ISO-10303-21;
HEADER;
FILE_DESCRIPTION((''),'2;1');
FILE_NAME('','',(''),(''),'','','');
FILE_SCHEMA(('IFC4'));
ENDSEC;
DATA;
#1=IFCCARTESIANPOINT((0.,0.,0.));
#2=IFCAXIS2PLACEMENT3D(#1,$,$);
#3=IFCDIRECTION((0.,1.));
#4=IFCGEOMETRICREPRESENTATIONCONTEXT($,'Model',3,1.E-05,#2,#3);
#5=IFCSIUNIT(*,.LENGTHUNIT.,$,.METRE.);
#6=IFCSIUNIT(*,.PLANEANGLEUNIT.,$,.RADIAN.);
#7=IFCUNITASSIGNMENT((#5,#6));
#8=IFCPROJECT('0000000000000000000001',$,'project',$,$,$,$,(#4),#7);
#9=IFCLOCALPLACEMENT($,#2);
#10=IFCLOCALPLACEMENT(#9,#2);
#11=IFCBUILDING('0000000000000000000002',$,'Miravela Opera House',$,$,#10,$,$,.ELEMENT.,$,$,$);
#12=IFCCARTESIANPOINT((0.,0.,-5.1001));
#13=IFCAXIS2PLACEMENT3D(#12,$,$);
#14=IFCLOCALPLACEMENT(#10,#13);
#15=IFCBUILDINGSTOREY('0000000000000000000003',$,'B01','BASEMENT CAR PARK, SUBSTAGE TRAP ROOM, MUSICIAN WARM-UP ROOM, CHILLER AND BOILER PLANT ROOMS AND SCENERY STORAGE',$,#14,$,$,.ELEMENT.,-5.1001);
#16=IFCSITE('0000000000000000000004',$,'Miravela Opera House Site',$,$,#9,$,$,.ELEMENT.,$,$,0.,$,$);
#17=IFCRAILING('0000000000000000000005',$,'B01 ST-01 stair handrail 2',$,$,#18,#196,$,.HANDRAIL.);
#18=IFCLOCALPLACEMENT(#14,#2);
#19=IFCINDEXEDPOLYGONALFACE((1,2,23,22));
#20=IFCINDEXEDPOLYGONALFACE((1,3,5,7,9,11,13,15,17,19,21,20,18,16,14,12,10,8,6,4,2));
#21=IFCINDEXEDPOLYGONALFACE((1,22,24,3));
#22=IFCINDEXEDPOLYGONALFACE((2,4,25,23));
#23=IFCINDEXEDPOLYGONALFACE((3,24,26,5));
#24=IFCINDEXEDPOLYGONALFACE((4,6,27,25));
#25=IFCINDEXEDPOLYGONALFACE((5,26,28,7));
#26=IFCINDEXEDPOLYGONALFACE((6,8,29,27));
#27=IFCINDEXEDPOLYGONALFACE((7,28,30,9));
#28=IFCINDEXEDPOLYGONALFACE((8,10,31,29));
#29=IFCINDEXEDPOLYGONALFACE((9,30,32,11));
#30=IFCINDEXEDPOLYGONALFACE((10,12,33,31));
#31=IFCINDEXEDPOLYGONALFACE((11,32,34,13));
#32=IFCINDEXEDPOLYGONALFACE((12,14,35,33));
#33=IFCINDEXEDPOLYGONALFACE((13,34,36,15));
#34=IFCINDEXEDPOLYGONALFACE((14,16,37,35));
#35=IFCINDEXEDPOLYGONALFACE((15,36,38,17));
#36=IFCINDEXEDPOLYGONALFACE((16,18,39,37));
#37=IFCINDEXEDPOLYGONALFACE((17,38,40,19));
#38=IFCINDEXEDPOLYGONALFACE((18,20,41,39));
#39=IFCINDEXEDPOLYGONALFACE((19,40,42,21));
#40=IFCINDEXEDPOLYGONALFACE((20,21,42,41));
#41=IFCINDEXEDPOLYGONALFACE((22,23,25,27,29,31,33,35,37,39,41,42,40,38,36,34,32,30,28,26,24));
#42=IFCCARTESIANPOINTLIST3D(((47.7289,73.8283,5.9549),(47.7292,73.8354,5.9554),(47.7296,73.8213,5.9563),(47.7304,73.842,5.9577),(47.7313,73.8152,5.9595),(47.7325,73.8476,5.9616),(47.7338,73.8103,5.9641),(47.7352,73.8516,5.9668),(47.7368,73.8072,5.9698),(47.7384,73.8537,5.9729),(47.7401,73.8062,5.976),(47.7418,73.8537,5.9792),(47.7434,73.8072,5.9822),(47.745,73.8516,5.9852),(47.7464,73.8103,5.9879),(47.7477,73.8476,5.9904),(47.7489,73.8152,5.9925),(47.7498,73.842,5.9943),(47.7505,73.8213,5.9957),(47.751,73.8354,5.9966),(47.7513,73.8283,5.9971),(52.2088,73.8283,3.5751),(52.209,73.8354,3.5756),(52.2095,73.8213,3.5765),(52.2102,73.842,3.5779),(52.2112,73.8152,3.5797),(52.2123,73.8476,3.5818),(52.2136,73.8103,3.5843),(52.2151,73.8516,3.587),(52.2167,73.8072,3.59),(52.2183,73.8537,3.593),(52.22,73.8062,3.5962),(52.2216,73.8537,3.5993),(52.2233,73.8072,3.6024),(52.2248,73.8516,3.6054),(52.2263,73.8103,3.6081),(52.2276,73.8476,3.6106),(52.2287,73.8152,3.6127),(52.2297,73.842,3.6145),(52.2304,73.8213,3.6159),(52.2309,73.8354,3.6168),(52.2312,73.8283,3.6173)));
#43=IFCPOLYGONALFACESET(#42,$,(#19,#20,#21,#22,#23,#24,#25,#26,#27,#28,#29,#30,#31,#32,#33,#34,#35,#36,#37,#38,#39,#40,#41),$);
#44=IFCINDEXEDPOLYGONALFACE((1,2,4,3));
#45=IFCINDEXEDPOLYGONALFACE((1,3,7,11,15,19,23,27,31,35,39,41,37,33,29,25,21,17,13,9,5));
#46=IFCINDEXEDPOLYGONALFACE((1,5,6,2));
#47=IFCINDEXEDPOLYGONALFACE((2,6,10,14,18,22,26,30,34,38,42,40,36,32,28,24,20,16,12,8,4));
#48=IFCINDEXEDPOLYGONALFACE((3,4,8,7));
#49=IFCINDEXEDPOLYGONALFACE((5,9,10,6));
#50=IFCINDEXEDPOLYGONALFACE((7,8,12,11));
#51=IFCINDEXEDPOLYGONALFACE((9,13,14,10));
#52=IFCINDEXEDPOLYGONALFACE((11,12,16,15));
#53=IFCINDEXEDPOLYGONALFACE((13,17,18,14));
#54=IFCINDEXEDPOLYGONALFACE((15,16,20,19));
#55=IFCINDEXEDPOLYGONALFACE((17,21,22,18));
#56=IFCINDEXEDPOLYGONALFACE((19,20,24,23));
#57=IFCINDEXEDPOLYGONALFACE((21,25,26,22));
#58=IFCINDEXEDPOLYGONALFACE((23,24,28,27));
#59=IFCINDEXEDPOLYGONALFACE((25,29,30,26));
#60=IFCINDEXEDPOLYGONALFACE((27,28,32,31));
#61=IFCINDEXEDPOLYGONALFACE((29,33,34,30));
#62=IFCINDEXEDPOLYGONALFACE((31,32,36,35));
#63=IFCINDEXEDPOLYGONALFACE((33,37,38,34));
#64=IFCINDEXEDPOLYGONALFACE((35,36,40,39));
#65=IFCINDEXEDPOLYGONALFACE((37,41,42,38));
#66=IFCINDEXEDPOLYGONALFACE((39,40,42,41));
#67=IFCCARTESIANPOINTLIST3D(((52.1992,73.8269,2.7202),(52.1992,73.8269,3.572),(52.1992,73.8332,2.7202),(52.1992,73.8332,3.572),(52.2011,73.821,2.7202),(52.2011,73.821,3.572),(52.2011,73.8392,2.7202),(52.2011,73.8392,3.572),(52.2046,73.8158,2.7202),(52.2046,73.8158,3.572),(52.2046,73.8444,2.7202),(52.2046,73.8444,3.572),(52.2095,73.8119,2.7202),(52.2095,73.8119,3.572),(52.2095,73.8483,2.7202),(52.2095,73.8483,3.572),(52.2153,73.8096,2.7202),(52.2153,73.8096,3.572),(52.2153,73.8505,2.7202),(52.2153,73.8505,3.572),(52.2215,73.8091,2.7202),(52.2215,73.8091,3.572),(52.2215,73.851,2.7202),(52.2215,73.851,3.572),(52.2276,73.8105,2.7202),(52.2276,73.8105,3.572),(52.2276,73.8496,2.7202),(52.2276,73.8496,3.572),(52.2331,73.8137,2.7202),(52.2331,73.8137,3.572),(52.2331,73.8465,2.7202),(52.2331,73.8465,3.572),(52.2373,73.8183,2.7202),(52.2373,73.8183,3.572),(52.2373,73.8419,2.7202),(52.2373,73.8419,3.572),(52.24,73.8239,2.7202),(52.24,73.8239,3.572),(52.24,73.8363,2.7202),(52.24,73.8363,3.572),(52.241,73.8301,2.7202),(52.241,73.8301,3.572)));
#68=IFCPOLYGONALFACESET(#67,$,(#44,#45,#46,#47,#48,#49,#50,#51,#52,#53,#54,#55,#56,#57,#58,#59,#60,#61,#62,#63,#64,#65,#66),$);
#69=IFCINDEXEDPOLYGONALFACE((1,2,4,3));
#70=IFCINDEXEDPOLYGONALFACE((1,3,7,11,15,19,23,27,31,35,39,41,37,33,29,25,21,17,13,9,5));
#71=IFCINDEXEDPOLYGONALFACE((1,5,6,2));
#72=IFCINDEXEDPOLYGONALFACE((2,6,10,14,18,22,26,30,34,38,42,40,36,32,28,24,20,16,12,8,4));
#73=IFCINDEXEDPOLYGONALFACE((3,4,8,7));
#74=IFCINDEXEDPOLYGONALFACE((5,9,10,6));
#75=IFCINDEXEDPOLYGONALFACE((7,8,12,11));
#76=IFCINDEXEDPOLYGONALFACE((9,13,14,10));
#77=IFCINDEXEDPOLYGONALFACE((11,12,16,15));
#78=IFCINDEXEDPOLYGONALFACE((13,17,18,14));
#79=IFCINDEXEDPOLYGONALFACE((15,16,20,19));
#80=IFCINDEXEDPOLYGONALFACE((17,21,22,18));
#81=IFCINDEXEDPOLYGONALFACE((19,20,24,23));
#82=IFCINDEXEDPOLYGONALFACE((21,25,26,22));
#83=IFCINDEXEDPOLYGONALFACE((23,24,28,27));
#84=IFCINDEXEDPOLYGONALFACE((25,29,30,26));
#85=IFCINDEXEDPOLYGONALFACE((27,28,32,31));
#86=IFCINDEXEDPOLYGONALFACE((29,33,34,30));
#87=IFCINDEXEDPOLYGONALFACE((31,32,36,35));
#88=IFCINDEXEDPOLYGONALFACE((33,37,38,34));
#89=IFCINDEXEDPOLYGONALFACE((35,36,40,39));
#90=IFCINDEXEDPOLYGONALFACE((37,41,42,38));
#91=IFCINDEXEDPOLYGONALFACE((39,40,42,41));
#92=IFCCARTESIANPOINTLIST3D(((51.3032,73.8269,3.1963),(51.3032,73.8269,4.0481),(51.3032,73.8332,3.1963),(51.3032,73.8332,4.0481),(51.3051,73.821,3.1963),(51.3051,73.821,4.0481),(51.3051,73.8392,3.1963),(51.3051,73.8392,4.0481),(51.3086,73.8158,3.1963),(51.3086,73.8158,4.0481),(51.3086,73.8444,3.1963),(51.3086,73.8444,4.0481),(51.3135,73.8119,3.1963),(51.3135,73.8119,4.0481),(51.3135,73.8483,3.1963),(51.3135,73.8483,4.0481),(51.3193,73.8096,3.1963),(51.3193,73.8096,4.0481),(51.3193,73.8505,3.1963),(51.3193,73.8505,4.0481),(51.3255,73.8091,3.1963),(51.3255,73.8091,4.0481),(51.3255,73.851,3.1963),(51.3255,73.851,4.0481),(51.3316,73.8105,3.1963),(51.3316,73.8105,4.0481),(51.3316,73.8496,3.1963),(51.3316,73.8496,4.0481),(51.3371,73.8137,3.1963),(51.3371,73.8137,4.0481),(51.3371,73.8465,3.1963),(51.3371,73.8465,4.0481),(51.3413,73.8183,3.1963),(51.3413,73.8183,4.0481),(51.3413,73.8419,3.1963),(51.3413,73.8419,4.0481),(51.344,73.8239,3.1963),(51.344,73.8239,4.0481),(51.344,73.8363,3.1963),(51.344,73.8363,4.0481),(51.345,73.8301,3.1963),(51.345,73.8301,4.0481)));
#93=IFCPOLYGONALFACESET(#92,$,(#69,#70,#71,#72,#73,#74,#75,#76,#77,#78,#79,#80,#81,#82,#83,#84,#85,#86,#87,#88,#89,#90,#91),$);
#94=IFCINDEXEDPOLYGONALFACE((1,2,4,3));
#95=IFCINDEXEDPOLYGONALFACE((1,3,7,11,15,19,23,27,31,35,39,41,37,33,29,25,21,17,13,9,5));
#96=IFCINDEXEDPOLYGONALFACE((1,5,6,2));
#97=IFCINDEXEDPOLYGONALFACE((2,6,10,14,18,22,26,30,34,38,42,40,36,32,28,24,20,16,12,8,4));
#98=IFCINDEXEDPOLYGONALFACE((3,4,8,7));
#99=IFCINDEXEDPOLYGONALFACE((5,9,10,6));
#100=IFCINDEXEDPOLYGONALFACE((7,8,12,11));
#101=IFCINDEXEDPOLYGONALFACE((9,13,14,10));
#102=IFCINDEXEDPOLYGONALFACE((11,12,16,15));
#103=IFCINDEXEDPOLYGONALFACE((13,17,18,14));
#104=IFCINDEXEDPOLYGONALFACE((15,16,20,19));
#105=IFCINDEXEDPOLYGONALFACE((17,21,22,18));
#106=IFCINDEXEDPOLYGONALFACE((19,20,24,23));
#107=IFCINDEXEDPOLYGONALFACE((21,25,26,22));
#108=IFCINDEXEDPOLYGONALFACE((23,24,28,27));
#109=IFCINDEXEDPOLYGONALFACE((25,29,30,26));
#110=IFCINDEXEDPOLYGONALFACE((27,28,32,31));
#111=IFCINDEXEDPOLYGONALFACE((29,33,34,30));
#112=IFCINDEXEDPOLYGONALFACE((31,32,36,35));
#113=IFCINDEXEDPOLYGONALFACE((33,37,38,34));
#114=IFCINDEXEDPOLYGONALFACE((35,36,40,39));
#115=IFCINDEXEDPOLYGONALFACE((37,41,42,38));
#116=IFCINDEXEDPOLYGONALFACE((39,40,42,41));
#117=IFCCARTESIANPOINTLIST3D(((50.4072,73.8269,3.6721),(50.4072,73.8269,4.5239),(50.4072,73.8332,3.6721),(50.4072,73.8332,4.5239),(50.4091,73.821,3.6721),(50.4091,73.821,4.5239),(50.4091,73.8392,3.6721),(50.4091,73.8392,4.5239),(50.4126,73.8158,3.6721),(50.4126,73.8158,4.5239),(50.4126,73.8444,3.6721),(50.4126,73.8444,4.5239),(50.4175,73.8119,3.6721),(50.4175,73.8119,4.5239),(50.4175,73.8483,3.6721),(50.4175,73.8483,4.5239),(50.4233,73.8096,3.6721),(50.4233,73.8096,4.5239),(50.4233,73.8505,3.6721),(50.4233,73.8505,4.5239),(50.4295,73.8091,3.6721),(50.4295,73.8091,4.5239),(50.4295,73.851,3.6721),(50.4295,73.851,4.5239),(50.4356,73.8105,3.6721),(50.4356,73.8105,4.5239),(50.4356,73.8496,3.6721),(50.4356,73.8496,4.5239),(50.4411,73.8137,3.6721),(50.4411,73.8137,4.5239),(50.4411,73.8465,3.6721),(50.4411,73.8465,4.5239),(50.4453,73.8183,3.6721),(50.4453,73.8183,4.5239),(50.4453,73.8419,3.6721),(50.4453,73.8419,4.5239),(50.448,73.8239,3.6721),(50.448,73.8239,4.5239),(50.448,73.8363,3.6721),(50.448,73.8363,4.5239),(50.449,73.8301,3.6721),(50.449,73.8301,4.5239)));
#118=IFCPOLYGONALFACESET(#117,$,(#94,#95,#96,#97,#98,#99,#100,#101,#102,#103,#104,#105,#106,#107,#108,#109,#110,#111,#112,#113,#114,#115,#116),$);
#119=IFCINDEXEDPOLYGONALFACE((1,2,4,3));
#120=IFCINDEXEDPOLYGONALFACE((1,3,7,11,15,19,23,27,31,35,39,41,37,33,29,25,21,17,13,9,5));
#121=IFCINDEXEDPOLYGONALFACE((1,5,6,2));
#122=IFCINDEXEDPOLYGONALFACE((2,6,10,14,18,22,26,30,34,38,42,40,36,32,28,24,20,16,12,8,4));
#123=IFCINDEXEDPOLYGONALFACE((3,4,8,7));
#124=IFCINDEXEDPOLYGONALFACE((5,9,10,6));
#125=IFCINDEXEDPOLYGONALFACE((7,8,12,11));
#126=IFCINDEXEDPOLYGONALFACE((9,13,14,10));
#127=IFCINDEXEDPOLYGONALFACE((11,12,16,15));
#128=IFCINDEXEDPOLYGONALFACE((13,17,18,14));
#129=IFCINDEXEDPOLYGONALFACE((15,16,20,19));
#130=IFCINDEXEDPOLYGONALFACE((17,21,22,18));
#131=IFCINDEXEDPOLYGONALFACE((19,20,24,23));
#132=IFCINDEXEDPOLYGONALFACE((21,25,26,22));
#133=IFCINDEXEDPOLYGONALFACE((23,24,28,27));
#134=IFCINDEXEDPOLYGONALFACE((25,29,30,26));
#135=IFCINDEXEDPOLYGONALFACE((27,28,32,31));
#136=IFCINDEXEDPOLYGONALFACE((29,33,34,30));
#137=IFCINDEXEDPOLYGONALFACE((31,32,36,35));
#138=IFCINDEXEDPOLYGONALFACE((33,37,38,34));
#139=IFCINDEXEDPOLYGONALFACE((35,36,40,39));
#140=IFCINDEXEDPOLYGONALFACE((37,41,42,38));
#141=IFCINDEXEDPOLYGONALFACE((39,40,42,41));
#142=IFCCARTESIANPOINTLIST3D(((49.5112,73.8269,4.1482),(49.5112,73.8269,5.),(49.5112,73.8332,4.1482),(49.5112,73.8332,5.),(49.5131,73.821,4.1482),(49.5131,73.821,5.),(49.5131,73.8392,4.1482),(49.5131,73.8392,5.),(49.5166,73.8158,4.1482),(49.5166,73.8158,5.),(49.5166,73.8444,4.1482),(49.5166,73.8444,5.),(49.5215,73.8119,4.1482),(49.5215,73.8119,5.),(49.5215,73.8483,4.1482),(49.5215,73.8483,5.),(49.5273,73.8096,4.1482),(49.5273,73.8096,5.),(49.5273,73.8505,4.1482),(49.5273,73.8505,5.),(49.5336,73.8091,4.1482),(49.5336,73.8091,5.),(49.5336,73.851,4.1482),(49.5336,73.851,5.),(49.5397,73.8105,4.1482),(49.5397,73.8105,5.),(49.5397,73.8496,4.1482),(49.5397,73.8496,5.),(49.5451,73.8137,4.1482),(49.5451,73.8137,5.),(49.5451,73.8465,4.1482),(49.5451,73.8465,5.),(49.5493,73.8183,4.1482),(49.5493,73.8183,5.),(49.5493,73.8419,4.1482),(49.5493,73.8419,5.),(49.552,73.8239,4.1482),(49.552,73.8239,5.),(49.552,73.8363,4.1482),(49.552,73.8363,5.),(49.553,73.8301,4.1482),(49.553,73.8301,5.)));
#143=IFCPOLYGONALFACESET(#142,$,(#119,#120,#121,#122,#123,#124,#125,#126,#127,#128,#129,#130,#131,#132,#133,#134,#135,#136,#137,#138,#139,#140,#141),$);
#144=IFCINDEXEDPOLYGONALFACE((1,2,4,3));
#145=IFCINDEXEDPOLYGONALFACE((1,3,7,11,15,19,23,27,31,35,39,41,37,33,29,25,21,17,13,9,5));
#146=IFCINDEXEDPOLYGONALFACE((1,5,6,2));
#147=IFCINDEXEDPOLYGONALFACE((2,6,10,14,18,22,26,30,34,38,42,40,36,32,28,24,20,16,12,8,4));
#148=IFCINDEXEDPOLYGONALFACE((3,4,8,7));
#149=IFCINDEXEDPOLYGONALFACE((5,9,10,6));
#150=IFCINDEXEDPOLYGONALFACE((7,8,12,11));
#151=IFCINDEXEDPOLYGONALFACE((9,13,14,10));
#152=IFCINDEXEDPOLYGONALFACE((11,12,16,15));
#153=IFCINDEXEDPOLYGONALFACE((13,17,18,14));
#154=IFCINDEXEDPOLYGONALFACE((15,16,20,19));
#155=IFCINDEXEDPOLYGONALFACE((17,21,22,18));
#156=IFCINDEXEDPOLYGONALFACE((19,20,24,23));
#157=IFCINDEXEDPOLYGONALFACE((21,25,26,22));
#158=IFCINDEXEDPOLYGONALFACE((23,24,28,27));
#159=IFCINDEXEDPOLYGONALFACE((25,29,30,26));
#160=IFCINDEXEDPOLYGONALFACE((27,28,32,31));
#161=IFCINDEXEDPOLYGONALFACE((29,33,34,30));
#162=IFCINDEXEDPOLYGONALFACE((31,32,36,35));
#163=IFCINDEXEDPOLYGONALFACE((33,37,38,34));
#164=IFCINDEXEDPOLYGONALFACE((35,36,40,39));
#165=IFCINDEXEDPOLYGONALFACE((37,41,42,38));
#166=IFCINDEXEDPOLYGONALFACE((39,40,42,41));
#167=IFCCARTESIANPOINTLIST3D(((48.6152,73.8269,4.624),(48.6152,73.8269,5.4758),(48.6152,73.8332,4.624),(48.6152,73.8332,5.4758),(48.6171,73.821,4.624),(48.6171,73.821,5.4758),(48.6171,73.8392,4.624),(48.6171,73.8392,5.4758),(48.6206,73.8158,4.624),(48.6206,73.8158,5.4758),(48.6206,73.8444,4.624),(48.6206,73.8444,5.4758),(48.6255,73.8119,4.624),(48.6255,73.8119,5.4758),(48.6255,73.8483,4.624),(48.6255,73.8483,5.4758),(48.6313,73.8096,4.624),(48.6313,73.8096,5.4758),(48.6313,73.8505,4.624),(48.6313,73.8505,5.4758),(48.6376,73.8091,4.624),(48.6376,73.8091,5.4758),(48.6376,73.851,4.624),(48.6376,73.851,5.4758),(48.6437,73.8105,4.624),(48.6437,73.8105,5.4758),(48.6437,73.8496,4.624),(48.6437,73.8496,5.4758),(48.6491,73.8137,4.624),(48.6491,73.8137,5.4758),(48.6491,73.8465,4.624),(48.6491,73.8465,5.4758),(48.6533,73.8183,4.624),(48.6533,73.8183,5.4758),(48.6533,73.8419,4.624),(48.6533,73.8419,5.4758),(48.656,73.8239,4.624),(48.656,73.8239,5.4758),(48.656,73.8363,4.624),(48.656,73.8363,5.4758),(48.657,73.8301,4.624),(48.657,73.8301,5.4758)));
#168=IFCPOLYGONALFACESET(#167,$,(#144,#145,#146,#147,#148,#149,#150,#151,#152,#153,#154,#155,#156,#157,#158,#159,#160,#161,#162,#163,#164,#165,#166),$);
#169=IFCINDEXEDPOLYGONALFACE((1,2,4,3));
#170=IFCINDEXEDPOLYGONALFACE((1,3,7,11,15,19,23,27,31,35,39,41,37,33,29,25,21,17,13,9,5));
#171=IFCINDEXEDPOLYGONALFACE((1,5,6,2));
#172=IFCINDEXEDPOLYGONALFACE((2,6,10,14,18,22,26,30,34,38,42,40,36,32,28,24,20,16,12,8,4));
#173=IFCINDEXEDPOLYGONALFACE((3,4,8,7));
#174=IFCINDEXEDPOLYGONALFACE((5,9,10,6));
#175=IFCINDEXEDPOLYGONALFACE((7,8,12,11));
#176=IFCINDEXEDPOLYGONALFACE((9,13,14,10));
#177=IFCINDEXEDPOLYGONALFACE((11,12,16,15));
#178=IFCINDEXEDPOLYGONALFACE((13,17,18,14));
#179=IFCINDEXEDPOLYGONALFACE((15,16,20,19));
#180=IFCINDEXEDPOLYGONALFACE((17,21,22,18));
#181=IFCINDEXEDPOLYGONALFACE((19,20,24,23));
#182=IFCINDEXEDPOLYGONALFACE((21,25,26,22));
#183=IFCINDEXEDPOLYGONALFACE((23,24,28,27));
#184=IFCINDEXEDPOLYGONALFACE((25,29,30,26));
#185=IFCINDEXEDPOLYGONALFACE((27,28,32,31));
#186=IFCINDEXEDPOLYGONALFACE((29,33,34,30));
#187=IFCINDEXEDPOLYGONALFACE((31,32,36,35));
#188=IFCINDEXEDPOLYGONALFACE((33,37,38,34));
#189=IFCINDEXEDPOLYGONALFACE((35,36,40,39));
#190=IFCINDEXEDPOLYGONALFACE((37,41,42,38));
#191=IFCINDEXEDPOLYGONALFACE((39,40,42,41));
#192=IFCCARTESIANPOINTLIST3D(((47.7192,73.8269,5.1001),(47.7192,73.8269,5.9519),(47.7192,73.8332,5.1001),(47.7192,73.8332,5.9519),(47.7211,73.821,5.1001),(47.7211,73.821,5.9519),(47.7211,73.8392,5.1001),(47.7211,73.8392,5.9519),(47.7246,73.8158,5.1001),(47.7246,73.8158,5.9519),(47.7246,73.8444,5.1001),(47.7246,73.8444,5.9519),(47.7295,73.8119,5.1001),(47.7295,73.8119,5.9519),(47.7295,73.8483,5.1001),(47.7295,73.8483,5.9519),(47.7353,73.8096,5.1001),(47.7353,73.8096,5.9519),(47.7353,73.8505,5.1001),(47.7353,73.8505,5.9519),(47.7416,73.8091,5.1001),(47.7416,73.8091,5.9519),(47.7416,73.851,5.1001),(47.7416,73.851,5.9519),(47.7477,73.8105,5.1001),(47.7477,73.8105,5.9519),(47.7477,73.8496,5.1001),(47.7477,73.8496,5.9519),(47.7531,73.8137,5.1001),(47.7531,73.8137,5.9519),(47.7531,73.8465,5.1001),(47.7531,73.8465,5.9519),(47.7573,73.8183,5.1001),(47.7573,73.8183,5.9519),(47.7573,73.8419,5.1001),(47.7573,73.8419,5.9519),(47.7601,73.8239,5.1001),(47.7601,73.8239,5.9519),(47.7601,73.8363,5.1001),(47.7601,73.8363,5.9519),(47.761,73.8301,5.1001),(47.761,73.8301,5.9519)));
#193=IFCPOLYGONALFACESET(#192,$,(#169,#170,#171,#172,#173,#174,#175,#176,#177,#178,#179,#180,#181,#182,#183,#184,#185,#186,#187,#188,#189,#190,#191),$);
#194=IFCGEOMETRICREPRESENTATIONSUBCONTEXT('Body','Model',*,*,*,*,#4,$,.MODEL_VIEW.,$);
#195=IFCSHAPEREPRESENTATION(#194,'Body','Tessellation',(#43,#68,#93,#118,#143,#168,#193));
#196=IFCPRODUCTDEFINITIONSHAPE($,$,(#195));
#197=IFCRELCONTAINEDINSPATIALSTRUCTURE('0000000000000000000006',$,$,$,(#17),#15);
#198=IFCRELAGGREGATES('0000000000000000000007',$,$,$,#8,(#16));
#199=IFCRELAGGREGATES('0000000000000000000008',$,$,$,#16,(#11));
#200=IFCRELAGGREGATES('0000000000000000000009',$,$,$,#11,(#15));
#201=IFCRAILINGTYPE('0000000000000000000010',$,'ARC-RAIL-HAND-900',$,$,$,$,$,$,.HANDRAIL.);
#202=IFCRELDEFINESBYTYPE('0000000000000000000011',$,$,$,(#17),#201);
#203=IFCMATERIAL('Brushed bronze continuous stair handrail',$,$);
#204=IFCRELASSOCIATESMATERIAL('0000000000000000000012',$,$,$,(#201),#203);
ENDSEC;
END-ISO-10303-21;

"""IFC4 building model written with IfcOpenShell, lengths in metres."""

from ifc_helpers import new_model, si_unit, direction, frame, origin, origin_2d, place, context, subcontext, project, spatial, circle, extrude, material, type_object, element, save


model = new_model("IFC4")

# Units and contexts
model_context = context("Model", 3, precision=1e-05, world=origin(), true_north=direction((0.0, 1.0)))
body_context = subcontext(model_context, "Body", "Model", "MODEL_VIEW")
ifc_project = project(units=[si_unit("LENGTHUNIT", "METRE"), si_unit("PLANEANGLEUNIT", "RADIAN")], contexts=[model_context])

# Site, building, storey
site_placement = place(None, origin())
site = spatial("IfcSite", under=ifc_project, at=site_placement, Name="Miravela Opera House Site", CompositionType="ELEMENT", RefElevation=0.0)
building_placement = place(site_placement, origin())
building = spatial("IfcBuilding", under=site, at=building_placement, Name="Miravela Opera House", CompositionType="ELEMENT")
storey_placement = place(building_placement, frame((0.0, 0.0, -5.1001)))
storey = spatial("IfcBuildingStorey", under=building, at=storey_placement, Name="B01", Description="BASEMENT CAR PARK, SUBSTAGE TRAP ROOM, MUSICIAN WARM-UP ROOM, CHILLER AND BOILER PLANT ROOMS AND SCENERY STORAGE", CompositionType="ELEMENT", Elevation=-5.1001)

# Railing
ifc_material_1 = material(Name="Brushed bronze continuous stair handrail")
railing_type = type_object("IfcRailingType", Name="ARC-RAIL-HAND-900", PredefinedType="HANDRAIL", material=ifc_material_1)
railing_placement = place(storey_placement, frame((52.22, 73.8301, 2.7202)))
element("IfcRailing", 1, at=railing_placement, inside=storey, type_object=railing_type, Name="B01 ST-01 stair handrail 2", PredefinedType="HANDRAIL", context=body_context, shape_type="SweptSolid", body=[
    extrude(circle(Radius=0.0239, at=origin_2d()), frame((0.0, 0.0, 0.876), z_axis=(-0.883124, 0.0, 0.469139), x_axis=(0.0, -1.0, 0.0)), (0.0, 0.0, 1.0), 5.0728),
    extrude(circle(Radius=0.021, at=origin_2d()), origin(), (0.0, 0.0, 1.0), 0.8518),
    extrude(circle(Radius=0.021, at=origin_2d()), frame((-0.896, 0.0, 0.4761)), (0.0, 0.0, 1.0), 0.8518),
    extrude(circle(Radius=0.021, at=origin_2d()), frame((-1.792, 0.0, 0.9519)), (0.0, 0.0, 1.0), 0.8518),
    extrude(circle(Radius=0.021, at=origin_2d()), frame((-2.688, 0.0, 1.428)), (0.0, 0.0, 1.0), 0.8518),
    extrude(circle(Radius=0.021, at=origin_2d()), frame((-3.584, 0.0, 1.9038)), (0.0, 0.0, 1.0), 0.8518),
    extrude(circle(Radius=0.021, at=origin_2d()), frame((-4.48, 0.0, 2.3799)), (0.0, 0.0, 1.0), 0.8518),
])

save(model, "model.ifc")
